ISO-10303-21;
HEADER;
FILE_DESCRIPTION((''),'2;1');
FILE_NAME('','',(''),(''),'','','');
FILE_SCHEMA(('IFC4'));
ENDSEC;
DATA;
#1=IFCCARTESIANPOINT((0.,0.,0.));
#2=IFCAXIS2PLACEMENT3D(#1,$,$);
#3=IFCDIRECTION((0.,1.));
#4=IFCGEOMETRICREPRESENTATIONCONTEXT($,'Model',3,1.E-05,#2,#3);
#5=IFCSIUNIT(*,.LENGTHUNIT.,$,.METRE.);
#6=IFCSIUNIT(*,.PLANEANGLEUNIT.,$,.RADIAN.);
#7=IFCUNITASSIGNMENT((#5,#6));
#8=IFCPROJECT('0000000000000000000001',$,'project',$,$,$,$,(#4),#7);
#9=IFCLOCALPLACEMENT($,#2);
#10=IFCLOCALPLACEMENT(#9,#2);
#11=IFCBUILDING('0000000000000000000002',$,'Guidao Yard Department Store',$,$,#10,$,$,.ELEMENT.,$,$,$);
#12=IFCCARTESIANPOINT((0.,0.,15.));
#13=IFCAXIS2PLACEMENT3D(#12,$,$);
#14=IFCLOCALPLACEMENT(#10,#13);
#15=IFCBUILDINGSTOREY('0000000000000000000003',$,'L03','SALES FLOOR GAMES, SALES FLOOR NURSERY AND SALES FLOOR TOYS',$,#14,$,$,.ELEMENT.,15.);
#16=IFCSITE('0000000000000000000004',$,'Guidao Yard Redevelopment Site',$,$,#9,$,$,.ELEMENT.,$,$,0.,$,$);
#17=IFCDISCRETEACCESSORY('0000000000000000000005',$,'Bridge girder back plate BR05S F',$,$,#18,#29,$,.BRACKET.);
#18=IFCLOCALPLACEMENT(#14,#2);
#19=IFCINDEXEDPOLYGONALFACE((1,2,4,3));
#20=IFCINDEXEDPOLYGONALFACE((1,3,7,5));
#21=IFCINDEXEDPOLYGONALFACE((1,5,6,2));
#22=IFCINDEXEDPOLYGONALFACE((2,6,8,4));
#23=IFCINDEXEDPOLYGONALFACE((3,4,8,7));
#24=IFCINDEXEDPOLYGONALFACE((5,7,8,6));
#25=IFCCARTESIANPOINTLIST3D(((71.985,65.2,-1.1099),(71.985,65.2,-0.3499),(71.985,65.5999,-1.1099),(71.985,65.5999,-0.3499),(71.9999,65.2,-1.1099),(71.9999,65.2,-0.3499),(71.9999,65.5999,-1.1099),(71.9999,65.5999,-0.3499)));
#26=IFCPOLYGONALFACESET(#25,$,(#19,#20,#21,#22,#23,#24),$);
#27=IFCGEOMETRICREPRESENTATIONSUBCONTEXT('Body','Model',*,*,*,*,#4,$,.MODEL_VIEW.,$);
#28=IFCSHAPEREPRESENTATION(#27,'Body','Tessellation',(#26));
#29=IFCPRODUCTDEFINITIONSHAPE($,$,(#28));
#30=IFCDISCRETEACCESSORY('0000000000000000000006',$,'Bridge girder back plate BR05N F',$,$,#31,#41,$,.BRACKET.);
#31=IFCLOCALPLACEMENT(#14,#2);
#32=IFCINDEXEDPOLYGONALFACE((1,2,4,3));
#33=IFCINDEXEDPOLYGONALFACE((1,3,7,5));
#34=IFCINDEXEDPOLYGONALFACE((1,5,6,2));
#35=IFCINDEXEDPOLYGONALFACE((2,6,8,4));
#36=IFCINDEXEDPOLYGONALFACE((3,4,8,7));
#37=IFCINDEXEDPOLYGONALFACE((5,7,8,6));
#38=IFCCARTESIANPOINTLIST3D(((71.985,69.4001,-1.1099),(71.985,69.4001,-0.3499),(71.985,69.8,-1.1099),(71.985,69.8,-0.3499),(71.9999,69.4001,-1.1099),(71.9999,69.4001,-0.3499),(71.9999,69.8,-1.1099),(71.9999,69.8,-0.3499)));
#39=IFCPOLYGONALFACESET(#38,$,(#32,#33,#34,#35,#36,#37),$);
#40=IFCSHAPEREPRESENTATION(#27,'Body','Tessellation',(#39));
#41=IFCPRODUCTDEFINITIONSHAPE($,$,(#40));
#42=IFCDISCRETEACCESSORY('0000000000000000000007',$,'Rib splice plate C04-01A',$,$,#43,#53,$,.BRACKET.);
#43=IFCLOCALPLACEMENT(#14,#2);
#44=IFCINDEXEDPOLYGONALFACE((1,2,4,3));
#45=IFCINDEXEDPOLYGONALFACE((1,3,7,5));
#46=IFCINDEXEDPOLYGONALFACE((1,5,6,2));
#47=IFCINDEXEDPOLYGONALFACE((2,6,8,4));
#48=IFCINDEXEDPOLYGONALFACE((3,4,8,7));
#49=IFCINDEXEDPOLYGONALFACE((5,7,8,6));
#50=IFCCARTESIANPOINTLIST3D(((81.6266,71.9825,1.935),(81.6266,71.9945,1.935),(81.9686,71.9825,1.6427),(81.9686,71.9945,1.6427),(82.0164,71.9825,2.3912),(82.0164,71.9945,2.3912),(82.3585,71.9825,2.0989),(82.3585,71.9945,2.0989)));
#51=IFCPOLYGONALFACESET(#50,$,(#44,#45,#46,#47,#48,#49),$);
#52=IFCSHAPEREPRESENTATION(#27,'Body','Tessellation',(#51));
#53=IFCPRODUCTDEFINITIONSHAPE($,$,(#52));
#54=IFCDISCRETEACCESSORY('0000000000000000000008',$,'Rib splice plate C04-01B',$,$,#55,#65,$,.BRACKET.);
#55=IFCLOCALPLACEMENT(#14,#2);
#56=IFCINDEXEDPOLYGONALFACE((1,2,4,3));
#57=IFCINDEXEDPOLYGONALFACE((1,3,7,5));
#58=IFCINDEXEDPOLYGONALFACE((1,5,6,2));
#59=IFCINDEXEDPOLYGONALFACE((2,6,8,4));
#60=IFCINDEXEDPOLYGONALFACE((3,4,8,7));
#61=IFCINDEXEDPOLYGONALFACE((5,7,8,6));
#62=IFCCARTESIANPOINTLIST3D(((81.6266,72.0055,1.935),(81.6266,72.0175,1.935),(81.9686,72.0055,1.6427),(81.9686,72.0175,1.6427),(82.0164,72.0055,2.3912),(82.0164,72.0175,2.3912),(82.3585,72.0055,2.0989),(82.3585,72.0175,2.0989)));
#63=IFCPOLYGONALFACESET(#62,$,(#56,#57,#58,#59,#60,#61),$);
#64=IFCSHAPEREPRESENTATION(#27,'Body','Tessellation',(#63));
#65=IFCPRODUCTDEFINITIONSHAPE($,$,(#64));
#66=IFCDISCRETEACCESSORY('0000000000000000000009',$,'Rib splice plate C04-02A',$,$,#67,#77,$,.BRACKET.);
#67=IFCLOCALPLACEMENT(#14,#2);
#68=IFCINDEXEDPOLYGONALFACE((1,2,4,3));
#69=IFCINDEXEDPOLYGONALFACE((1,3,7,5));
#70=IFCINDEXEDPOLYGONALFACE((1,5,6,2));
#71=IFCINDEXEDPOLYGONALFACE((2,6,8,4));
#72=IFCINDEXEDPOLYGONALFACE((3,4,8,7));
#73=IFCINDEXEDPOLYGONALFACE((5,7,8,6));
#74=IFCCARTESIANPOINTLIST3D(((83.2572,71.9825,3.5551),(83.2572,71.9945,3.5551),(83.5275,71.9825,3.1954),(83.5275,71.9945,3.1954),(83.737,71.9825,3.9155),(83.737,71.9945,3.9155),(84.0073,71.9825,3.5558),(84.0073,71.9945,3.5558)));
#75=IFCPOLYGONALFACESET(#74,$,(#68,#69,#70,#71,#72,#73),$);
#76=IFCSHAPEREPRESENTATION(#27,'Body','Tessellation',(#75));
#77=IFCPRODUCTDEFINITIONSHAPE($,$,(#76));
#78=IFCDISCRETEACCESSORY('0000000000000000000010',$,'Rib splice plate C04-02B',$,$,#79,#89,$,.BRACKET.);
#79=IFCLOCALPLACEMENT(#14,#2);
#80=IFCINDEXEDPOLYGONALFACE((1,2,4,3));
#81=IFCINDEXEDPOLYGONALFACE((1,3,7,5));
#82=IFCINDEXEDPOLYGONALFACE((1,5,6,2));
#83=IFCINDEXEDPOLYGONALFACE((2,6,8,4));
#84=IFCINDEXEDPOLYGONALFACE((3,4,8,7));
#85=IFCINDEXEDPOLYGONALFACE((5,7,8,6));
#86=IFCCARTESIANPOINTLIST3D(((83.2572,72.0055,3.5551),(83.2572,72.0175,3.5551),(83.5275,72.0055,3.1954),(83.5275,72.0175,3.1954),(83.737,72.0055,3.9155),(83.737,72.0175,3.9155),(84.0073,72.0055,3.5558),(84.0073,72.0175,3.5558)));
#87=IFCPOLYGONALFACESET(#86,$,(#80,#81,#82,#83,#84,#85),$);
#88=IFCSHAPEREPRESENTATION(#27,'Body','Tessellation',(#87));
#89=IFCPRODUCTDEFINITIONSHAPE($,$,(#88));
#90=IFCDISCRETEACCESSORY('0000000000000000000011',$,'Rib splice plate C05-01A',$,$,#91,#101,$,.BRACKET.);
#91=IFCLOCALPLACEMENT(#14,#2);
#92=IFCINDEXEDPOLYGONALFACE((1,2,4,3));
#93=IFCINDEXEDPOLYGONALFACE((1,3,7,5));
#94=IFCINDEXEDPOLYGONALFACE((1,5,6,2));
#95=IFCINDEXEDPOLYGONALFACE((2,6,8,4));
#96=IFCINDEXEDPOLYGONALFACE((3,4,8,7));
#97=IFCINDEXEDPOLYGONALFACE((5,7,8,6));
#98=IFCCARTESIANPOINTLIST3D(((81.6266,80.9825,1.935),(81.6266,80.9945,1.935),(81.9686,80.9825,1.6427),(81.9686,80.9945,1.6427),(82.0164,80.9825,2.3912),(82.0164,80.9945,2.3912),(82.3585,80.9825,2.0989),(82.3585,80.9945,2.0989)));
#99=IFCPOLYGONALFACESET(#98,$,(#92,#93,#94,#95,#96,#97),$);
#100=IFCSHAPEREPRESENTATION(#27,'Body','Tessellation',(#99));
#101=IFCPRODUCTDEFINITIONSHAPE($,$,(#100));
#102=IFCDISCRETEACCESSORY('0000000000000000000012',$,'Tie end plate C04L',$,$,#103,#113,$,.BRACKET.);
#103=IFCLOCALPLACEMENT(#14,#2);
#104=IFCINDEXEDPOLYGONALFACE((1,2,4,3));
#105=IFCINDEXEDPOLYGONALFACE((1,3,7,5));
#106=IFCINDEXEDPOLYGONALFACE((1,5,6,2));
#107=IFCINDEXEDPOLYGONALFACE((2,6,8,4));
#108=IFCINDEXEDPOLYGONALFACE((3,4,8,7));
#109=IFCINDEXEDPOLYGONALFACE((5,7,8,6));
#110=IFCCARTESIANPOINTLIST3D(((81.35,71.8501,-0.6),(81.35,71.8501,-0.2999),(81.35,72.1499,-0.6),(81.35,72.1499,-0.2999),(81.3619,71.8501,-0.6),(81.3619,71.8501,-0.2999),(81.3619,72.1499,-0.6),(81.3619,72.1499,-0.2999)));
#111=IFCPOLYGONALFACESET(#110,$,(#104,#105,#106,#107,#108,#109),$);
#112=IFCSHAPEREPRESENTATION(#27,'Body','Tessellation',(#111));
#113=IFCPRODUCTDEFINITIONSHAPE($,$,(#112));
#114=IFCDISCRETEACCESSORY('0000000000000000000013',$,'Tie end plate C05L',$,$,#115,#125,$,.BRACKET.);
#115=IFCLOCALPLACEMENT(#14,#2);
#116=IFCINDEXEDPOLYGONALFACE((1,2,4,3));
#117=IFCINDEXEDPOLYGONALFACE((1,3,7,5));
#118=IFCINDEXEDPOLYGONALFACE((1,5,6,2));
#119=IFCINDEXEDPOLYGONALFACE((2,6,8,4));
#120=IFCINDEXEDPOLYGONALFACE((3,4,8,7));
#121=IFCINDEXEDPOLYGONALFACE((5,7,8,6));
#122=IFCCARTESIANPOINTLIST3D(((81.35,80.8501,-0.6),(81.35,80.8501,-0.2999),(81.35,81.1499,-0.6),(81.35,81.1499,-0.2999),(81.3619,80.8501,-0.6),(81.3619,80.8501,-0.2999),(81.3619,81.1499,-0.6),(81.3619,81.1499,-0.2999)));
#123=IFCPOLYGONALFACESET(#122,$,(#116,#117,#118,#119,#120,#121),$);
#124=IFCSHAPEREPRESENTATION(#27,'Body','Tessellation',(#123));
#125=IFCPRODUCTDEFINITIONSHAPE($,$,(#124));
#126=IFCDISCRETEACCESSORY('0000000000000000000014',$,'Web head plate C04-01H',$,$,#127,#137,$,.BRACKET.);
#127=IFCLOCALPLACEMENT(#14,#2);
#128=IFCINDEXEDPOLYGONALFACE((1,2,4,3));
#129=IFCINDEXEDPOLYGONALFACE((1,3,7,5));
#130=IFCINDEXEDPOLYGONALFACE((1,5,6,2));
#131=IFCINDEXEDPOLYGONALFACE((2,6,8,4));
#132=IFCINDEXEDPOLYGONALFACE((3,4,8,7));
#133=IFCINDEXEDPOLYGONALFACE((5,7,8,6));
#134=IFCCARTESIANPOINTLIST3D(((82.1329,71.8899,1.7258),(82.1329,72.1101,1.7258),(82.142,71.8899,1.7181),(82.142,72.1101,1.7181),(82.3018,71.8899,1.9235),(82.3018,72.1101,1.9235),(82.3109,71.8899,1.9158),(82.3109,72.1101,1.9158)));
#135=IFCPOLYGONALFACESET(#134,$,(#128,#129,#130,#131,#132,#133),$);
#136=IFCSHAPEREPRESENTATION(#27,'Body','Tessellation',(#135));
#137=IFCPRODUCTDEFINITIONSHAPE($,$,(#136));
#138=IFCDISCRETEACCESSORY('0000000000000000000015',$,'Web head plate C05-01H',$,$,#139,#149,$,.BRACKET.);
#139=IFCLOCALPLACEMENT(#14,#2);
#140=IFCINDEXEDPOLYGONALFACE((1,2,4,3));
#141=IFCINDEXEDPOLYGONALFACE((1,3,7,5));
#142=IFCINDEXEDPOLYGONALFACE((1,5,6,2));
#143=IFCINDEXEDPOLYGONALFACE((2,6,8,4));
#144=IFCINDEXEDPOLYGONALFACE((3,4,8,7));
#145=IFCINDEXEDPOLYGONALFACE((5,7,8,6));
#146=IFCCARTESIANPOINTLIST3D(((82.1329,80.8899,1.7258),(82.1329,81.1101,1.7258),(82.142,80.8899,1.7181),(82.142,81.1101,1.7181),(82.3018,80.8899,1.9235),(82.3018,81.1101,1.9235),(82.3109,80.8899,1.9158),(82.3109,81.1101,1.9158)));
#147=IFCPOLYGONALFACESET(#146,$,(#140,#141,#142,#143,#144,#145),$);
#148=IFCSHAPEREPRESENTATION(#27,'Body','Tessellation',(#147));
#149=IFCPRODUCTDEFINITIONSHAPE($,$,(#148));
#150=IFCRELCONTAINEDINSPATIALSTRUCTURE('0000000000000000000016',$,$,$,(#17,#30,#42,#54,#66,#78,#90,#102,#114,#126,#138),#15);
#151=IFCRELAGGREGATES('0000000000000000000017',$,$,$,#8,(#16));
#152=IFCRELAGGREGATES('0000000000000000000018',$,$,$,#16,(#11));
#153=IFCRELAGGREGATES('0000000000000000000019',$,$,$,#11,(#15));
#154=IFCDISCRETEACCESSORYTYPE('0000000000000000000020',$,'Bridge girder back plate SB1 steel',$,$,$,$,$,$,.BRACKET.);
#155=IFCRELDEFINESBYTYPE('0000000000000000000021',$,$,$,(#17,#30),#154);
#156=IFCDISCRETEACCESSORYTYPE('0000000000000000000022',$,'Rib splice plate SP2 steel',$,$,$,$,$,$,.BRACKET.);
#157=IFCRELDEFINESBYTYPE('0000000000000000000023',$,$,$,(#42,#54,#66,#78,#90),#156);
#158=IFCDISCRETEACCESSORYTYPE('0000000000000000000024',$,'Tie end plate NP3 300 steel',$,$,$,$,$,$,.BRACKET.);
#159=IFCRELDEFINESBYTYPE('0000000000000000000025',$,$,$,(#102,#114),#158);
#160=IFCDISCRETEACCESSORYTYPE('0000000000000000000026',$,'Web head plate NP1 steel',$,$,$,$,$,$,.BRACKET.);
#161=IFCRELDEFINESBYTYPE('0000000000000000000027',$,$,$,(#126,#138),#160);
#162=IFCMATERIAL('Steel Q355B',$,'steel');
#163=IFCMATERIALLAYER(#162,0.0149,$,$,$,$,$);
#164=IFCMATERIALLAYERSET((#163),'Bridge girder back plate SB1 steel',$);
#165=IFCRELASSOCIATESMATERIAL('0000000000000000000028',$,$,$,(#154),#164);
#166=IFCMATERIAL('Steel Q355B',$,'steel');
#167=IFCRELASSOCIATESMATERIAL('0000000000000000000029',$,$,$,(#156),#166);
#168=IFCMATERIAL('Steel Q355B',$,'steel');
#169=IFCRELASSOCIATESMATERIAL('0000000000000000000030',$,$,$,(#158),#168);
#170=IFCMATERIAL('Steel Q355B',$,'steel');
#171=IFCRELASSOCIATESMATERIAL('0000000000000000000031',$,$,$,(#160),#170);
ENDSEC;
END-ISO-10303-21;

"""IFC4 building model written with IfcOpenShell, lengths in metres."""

from ifc_helpers import new_model, si_unit, direction, frame, origin, origin_2d, place, context, subcontext, project, spatial, rectangle, extrude, material, layer, layer_set, material_profile, profile_set, type_object, element, save


model = new_model("IFC4")

# Units and contexts
model_context = context("Model", 3, precision=1e-05, world=origin(), true_north=direction((0.0, 1.0)))
body_context = subcontext(model_context, "Body", "Model", "MODEL_VIEW")
ifc_project = project(units=[si_unit("LENGTHUNIT", "METRE"), si_unit("PLANEANGLEUNIT", "RADIAN")], contexts=[model_context])

# Site, building, storey
site_placement = place(None, origin())
site = spatial("IfcSite", under=ifc_project, at=site_placement, Name="Guidao Yard Redevelopment Site", CompositionType="ELEMENT", RefElevation=0.0)
building_placement = place(site_placement, origin())
building = spatial("IfcBuilding", under=site, at=building_placement, Name="Guidao Yard Department Store", CompositionType="ELEMENT")
storey_placement = place(building_placement, frame((0.0, 0.0, 15.0)))
storey = spatial("IfcBuildingStorey", under=building, at=storey_placement, Name="L03", Description="SALES FLOOR GAMES, SALES FLOOR NURSERY AND SALES FLOOR TOYS", CompositionType="ELEMENT", Elevation=15.0)

# Discrete accessories
ifc_material_1 = material(Name="Steel Q355B", Category="steel")
ifc_layer_1 = layer(ifc_material_1, 0.0149)
ifc_layer_set_1 = layer_set([ifc_layer_1], Name="Bridge girder back plate SB1 steel")
discrete_accessory_type_1 = type_object("IfcDiscreteAccessoryType", Name="Bridge girder back plate SB1 steel", PredefinedType="BRACKET", material=ifc_layer_set_1)
for number, where, z_axis, x_axis, name in (
    (1, (71.9924, 65.3999, -1.1099), (0.0, 0.0, 1.0), (1.0, 0.0, 0.0), "Bridge girder back plate BR05S F"),
    (2, (71.9924, 69.6001, -1.1099), (0.0, 0.0, 1.0), (1.0, 0.0, 0.0), "Bridge girder back plate BR05N F"),
):
    element("IfcDiscreteAccessory", number, at=place(storey_placement, frame(where, z_axis=z_axis, x_axis=x_axis)), inside=storey, type_object=discrete_accessory_type_1, Name=name, PredefinedType="BRACKET", context=body_context, shape_type="SweptSolid", body=[
        extrude(rectangle(XDim=0.0149, YDim=0.3999, at=origin_2d()), origin(), (0.0, 0.0, 1.0), 0.76),
    ])
ifc_material_2 = material(Name="Steel Q355B", Category="steel")
ifc_material_profile_1 = material_profile(ifc_material_2, rectangle(XDim=0.012, YDim=0.45, at=origin_2d()), Name="Splice plate 450x12")
ifc_profile_set_1 = profile_set([ifc_material_profile_1], Name="Steel Q355B")
discrete_accessory_type_2 = type_object("IfcDiscreteAccessoryType", Name="Rib splice plate SP2 steel", PredefinedType="BRACKET", material=ifc_profile_set_1)
for number, where, z_axis, x_axis, name in (
    (3, (81.7976, 71.9885, 1.7888), (0.649618, 0.0, 0.760261), (0.0, 1.0, 0.0), "Rib splice plate C04-01A"),
    (4, (81.7976, 72.0115, 1.7888), (0.649618, 0.0, 0.760261), (0.0, 1.0, 0.0), "Rib splice plate C04-01B"),
    (5, (83.3923, 71.9885, 3.3752), (0.79956, 0.0, 0.600586), (0.0, 1.0, 0.0), "Rib splice plate C04-02A"),
    (6, (83.3923, 72.0115, 3.3752), (0.79956, 0.0, 0.600586), (0.0, 1.0, 0.0), "Rib splice plate C04-02B"),
    (7, (81.7976, 80.9885, 1.7888), (0.649618, 0.0, 0.760261), (0.0, 1.0, 0.0), "Rib splice plate C05-01A"),
):
    element("IfcDiscreteAccessory", number, at=place(storey_placement, frame(where, z_axis=z_axis, x_axis=x_axis)), inside=storey, type_object=discrete_accessory_type_2, Name=name, PredefinedType="BRACKET", context=body_context, shape_type="SweptSolid", body=[
        extrude(rectangle(XDim=0.012, YDim=0.45, at=origin_2d()), origin(), (0.0, 0.0, 1.0), 0.6001),
    ])
ifc_material_3 = material(Name="Steel Q355B", Category="steel")
ifc_material_profile_2 = material_profile(ifc_material_3, rectangle(XDim=0.3, YDim=0.012, at=origin_2d()), Name="Node plate 300x12")
ifc_profile_set_2 = profile_set([ifc_material_profile_2], Name="Steel Q355B")
discrete_accessory_type_3 = type_object("IfcDiscreteAccessoryType", Name="Tie end plate NP3 300 steel", PredefinedType="BRACKET", material=ifc_profile_set_2)
for number, where, z_axis, x_axis, name in (
    (8, (81.356, 71.8501, -0.45), (0.0, 1.0, 0.0), (0.0, 0.0, 1.0), "Tie end plate C04L"),
    (9, (81.356, 80.8501, -0.45), (0.0, 1.0, 0.0), (0.0, 0.0, 1.0), "Tie end plate C05L"),
):
    element("IfcDiscreteAccessory", number, at=place(storey_placement, frame(where, z_axis=z_axis, x_axis=x_axis)), inside=storey, type_object=discrete_accessory_type_3, Name=name, PredefinedType="BRACKET", context=body_context, shape_type="SweptSolid", body=[
        extrude(rectangle(XDim=0.3, YDim=0.012, at=origin_2d()), origin(), (0.0, 0.0, 1.0), 0.2998),
    ])
ifc_material_4 = material(Name="Steel Q355B", Category="steel")
ifc_material_profile_3 = material_profile(ifc_material_4, rectangle(XDim=0.26, YDim=0.012, at=origin_2d()), Name="Node plate 260x12")
ifc_profile_set_3 = profile_set([ifc_material_profile_3], Name="Steel Q355B")
discrete_accessory_type_4 = type_object("IfcDiscreteAccessoryType", Name="Web head plate NP1 steel", PredefinedType="BRACKET", material=ifc_profile_set_3)
for number, where, z_axis, x_axis, name in (
    (10, (82.2219, 71.8899, 1.8208), (0.0, 1.0, 0.0), (-0.649537, 0.0, -0.76033), "Web head plate C04-01H"),
    (11, (82.2219, 80.8899, 1.8208), (0.0, 1.0, 0.0), (-0.649537, 0.0, -0.76033), "Web head plate C05-01H"),
):
    element("IfcDiscreteAccessory", number, at=place(storey_placement, frame(where, z_axis=z_axis, x_axis=x_axis)), inside=storey, type_object=discrete_accessory_type_4, Name=name, PredefinedType="BRACKET", context=body_context, shape_type="SweptSolid", body=[
        extrude(rectangle(XDim=0.26, YDim=0.012, at=origin_2d()), origin(), (0.0, 0.0, 1.0), 0.2202),
    ])

save(model, "model.ifc")
